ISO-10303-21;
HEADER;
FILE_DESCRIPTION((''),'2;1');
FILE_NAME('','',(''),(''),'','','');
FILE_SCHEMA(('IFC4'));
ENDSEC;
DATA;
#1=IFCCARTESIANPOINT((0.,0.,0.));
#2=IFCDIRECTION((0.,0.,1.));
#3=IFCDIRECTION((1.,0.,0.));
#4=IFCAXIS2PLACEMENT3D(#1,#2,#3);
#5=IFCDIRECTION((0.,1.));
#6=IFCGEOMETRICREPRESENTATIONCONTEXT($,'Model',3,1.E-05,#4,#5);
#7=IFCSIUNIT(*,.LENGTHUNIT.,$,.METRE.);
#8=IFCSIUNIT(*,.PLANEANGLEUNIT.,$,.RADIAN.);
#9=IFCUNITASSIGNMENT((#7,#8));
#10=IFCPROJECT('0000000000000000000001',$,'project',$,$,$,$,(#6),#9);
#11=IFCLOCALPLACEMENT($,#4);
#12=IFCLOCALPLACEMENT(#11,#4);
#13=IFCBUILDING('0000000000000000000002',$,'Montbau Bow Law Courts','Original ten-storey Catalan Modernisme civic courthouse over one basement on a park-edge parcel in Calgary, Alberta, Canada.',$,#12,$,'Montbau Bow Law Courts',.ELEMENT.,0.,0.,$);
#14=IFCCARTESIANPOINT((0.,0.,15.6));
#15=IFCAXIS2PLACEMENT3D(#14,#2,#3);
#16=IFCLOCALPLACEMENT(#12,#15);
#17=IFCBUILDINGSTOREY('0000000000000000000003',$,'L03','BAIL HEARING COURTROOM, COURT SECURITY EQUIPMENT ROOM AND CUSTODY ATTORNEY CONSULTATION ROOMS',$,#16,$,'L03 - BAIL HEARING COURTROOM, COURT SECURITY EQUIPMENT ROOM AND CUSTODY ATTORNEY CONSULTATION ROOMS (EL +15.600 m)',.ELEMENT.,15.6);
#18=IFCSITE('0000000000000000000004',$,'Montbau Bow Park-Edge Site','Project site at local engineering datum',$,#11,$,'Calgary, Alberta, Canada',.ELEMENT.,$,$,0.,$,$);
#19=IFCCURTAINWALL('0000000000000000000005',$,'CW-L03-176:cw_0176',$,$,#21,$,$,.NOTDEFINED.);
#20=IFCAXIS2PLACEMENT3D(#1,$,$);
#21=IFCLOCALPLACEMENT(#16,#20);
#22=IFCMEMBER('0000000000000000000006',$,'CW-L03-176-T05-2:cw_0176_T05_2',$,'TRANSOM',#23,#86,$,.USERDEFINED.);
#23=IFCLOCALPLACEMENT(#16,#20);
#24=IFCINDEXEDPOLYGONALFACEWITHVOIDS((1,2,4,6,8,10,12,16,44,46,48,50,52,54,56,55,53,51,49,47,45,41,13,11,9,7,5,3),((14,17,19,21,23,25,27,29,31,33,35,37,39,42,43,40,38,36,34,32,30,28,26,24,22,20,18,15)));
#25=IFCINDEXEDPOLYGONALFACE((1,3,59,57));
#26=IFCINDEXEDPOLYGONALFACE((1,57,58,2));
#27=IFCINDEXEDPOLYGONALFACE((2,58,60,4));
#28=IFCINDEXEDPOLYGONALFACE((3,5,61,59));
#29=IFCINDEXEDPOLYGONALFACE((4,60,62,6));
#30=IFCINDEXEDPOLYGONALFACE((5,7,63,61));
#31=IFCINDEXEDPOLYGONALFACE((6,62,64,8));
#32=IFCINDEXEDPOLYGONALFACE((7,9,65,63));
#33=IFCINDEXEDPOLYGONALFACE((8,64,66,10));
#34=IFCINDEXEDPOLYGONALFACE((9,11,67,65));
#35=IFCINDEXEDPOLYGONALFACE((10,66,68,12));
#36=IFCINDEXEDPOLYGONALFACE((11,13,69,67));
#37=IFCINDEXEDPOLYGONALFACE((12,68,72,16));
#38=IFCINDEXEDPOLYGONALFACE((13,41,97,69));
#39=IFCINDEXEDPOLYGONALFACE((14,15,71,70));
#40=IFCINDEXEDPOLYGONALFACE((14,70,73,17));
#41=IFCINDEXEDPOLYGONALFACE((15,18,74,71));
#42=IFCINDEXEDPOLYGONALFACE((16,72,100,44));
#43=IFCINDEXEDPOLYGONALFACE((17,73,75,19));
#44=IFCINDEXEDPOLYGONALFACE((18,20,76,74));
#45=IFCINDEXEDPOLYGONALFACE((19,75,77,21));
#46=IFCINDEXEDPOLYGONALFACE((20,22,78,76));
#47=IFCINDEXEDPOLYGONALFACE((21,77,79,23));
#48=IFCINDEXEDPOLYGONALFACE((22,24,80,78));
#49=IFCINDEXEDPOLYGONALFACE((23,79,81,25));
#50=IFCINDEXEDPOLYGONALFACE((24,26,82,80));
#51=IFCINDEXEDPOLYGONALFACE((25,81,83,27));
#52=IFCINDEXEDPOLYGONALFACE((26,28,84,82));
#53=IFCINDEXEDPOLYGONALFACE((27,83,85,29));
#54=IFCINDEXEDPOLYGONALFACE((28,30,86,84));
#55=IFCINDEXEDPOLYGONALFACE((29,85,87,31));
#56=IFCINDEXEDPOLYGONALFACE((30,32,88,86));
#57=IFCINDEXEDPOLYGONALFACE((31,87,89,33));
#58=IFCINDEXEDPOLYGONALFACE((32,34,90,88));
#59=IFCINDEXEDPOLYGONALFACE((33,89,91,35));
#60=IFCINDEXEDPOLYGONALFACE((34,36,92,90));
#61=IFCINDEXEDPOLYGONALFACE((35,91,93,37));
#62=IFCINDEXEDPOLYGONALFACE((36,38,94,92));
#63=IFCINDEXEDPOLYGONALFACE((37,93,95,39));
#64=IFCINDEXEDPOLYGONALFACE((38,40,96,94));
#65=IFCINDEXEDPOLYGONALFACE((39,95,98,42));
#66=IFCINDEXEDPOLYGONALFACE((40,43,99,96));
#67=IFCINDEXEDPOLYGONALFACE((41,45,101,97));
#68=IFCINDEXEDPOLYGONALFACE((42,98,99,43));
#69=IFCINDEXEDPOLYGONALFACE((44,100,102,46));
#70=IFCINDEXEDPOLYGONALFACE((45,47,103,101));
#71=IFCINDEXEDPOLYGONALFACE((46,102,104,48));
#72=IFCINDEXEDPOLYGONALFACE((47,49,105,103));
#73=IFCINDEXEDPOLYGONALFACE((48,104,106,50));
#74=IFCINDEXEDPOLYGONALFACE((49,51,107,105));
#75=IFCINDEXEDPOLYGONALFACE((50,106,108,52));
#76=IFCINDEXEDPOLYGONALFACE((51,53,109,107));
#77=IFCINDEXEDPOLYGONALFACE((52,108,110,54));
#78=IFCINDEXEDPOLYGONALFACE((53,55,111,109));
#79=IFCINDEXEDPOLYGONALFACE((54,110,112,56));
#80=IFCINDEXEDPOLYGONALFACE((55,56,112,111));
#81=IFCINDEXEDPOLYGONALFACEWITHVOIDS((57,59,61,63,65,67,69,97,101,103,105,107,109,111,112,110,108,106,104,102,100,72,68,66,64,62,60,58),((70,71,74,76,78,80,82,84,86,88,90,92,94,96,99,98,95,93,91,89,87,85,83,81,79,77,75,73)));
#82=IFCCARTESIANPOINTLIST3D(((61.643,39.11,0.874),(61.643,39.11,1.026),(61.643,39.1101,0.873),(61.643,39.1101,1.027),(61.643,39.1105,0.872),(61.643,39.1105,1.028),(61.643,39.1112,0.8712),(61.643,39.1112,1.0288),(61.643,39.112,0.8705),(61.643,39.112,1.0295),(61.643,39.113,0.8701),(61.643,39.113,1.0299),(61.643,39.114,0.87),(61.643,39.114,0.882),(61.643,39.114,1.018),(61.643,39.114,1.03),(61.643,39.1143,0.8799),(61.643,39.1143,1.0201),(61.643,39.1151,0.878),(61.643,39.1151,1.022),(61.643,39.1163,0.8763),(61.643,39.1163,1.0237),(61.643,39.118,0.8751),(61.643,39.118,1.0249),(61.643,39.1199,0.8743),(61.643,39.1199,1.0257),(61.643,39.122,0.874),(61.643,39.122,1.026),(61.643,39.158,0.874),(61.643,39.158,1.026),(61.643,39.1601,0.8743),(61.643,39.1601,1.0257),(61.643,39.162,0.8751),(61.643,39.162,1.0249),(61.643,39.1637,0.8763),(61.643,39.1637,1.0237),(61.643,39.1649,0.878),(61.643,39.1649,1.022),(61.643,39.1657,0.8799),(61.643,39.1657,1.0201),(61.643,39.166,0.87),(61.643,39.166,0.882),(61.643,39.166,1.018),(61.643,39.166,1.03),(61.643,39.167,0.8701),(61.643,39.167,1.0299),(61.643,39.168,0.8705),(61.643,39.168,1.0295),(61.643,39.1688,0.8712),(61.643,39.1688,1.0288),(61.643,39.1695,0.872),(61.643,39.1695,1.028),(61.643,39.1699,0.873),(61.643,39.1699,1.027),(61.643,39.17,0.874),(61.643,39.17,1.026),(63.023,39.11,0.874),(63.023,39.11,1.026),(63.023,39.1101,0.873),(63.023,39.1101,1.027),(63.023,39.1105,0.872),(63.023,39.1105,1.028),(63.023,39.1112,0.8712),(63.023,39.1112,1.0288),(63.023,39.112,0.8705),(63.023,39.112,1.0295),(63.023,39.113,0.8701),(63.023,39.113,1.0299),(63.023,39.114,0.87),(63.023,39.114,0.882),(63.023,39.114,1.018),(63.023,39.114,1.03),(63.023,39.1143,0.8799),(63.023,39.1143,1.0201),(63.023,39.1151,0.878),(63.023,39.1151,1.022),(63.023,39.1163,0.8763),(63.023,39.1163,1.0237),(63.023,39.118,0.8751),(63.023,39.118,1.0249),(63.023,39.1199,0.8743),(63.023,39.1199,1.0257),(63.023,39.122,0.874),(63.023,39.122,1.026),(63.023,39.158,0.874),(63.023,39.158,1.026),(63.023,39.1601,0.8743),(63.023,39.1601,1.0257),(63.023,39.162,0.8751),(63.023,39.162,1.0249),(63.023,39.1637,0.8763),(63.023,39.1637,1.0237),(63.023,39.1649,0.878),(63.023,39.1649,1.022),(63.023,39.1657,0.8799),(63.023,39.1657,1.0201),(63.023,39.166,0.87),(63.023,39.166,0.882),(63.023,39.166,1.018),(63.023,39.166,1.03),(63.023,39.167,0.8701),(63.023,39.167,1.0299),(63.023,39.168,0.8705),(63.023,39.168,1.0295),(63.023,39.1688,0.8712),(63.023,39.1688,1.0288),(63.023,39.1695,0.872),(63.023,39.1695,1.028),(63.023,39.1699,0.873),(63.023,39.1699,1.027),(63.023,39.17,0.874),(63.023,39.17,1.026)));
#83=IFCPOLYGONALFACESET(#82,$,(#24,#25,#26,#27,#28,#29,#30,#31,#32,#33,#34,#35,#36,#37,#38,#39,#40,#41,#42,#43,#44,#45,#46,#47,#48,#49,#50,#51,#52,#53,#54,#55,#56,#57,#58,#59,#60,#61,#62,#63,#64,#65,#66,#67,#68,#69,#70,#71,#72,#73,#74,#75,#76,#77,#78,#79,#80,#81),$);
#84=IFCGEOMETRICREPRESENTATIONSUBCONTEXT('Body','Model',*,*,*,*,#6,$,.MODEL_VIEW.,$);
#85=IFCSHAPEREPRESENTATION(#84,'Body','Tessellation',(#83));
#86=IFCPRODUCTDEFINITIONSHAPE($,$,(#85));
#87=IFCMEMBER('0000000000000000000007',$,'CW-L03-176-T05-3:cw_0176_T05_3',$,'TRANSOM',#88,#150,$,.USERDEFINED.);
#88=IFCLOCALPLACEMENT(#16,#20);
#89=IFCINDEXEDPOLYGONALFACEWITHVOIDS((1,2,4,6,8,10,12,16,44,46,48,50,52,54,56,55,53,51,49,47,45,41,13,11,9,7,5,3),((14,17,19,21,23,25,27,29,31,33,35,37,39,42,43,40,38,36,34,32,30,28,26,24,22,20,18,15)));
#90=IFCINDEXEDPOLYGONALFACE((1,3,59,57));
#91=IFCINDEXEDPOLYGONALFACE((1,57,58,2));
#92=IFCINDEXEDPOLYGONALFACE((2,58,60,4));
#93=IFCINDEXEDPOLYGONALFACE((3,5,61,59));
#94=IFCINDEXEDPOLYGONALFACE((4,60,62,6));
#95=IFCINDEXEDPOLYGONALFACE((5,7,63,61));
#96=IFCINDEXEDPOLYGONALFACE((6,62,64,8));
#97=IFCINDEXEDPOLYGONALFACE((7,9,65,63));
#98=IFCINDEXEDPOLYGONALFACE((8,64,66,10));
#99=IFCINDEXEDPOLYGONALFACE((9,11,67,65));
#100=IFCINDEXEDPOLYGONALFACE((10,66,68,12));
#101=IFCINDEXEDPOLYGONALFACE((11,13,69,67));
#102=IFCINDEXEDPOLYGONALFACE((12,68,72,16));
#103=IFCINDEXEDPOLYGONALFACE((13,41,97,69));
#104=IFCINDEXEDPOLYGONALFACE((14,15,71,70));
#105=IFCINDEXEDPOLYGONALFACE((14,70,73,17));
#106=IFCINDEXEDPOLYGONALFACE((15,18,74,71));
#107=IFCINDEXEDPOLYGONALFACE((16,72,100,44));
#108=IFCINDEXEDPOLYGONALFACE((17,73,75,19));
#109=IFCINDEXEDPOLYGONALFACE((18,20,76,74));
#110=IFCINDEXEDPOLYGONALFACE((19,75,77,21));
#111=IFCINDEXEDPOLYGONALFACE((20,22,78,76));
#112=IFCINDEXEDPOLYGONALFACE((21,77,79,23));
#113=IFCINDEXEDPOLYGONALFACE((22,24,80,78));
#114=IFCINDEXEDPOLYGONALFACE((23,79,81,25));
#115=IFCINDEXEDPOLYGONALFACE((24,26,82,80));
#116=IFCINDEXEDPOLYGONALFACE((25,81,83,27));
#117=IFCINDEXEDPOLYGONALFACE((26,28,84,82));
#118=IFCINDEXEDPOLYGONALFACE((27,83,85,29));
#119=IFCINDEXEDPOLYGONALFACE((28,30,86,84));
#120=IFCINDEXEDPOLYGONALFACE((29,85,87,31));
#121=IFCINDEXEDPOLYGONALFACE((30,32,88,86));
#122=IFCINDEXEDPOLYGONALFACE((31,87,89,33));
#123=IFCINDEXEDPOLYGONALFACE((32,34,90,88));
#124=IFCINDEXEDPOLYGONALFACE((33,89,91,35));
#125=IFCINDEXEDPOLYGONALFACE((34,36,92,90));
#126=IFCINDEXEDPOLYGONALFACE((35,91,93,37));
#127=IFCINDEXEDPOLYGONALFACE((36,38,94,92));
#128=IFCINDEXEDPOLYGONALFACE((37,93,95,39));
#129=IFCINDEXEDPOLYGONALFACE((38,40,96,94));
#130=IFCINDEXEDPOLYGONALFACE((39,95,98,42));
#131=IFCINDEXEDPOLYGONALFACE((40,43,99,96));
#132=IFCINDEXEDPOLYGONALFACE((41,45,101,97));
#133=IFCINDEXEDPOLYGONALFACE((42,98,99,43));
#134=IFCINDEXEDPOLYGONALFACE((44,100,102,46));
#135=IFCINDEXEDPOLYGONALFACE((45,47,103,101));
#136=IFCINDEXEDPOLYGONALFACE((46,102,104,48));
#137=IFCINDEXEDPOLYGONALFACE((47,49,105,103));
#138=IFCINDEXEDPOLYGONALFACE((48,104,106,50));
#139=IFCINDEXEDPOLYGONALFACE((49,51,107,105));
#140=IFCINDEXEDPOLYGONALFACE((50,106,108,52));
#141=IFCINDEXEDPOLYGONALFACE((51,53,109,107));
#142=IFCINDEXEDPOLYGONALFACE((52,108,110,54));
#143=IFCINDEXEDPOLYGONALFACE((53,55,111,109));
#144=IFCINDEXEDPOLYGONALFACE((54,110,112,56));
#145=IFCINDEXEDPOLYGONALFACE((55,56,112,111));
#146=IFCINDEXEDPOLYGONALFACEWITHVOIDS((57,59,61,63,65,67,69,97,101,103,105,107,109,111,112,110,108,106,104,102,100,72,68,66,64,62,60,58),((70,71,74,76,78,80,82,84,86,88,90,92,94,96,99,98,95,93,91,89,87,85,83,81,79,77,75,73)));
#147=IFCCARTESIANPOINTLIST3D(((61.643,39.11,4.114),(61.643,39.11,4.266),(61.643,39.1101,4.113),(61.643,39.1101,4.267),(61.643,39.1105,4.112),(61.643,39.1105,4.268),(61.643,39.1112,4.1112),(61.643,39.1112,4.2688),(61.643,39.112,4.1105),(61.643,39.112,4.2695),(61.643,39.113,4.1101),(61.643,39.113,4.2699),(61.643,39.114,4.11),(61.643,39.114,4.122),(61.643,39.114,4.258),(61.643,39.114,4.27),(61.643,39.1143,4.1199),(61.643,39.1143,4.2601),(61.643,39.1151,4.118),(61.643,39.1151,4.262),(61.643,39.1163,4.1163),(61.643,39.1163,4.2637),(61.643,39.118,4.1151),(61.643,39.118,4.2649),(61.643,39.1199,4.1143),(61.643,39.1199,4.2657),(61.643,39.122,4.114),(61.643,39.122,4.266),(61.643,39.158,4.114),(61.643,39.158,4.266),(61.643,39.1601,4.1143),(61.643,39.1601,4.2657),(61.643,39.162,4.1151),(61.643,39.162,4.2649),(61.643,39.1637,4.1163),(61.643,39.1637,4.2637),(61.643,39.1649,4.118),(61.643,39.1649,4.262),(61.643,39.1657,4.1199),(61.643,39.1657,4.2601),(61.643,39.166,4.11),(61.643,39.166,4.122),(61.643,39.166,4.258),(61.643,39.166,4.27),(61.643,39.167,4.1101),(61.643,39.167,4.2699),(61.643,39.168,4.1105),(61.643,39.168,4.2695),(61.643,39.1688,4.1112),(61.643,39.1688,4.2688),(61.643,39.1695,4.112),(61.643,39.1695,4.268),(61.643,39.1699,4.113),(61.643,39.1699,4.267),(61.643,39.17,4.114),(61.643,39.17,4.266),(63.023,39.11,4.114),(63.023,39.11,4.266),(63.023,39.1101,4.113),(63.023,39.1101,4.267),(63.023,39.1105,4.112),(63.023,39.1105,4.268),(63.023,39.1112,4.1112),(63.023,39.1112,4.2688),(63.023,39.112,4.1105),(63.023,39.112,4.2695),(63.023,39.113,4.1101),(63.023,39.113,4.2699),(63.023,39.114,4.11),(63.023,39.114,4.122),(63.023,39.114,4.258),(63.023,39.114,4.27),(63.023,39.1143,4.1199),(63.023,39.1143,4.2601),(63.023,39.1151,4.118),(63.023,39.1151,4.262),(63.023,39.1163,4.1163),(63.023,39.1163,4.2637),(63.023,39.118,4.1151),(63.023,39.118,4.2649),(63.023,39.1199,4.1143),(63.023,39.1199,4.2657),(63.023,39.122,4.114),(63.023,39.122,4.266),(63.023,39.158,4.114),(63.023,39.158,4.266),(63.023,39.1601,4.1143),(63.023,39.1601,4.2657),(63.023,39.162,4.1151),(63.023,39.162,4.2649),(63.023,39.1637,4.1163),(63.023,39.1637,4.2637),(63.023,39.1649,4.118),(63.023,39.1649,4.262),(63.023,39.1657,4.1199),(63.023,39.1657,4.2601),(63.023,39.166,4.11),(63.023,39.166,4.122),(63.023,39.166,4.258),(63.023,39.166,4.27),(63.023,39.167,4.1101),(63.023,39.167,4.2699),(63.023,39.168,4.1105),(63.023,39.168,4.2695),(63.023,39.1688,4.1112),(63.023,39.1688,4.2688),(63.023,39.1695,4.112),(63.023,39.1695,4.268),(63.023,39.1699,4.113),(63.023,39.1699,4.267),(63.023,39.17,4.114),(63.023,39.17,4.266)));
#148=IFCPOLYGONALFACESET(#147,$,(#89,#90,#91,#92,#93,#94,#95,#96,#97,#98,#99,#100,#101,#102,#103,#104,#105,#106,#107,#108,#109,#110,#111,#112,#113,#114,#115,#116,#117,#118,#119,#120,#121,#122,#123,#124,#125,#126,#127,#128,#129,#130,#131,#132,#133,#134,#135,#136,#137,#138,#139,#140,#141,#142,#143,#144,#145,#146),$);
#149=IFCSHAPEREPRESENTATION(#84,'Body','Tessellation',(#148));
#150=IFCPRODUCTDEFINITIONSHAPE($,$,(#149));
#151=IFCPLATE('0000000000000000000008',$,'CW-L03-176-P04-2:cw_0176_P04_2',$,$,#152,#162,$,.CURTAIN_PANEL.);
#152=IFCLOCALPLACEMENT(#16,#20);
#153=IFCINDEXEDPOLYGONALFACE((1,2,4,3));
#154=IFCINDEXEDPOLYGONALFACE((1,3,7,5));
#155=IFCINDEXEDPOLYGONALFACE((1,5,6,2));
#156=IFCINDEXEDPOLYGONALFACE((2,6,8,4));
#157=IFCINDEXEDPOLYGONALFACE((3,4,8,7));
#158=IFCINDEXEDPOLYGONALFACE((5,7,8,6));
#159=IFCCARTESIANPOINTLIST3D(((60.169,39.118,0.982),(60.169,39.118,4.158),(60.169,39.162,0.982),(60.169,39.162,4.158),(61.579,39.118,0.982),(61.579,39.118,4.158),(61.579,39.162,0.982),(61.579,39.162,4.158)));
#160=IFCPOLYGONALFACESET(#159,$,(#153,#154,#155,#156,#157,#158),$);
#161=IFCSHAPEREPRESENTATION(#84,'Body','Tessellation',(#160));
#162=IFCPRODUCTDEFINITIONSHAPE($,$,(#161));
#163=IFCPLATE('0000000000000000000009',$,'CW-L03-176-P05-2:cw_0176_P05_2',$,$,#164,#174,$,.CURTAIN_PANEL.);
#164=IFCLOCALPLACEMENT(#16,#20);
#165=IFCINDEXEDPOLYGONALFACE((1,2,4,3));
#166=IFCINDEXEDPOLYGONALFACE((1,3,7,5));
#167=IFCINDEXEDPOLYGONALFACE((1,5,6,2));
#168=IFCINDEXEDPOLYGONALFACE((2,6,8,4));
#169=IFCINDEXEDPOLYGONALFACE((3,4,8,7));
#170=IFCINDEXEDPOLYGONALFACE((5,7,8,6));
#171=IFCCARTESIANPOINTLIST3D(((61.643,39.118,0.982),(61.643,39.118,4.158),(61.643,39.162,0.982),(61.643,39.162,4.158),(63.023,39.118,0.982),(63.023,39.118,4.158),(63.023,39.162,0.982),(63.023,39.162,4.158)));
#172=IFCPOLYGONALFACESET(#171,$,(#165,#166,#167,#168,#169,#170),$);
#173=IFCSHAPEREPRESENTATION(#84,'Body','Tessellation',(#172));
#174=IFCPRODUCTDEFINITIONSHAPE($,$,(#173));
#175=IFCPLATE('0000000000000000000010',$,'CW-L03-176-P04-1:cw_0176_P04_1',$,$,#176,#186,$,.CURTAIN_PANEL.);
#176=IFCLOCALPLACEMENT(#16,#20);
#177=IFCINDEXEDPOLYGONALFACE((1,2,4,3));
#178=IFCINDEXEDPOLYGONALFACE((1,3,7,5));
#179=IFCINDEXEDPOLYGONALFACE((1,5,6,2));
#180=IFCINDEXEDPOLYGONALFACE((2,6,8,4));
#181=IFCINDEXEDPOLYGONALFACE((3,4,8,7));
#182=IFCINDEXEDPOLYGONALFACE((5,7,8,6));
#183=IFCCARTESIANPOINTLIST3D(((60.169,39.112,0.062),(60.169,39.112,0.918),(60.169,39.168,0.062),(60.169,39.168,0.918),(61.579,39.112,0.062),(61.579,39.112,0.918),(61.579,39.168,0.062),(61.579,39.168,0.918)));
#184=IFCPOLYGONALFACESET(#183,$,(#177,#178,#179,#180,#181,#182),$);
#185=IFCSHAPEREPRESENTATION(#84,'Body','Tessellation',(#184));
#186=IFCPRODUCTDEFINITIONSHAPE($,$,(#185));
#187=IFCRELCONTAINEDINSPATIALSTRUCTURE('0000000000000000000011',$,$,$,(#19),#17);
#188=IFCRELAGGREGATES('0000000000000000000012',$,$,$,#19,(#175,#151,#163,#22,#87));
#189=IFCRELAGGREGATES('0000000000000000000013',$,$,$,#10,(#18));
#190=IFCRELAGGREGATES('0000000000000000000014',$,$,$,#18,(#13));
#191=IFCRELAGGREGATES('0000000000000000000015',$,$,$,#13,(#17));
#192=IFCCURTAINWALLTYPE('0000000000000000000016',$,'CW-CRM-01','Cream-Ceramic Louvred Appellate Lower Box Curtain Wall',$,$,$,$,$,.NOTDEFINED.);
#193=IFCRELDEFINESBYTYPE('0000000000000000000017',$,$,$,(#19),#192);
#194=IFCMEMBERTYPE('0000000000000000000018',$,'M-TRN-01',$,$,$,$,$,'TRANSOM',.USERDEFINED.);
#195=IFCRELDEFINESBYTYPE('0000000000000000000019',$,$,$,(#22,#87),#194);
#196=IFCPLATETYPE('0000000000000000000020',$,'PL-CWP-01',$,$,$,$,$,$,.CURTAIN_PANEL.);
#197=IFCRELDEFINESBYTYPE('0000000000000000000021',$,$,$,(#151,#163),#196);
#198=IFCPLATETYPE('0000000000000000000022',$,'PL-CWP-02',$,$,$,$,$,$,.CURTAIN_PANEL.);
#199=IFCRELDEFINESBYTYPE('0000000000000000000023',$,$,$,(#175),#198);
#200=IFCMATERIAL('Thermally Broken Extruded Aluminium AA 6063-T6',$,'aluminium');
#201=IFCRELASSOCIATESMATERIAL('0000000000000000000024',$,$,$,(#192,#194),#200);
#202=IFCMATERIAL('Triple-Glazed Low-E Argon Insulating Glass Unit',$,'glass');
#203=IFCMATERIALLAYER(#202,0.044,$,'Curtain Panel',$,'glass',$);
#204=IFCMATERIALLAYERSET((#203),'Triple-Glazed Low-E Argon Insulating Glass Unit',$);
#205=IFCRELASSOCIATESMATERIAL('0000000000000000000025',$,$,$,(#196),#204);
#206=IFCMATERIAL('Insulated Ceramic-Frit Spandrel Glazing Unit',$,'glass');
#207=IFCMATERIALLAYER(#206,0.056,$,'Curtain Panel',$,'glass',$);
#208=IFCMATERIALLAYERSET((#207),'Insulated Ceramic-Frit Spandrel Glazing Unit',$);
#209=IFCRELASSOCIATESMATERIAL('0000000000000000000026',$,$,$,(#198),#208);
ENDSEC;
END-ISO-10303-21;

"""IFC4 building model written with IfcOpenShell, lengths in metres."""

from ifc_helpers import new_model, si_unit, direction, frame, frame_2d, origin_with_axes, origin_2d_with_axis, place, context, subcontext, project, spatial, rectangle, hollow_rectangle, extrude, material, layer, layer_set, material_profile, profile_set, type_object, element, aggregate, save


model = new_model("IFC4")

# Units and contexts
model_context = context("Model", 3, precision=1e-05, world=origin_with_axes(), true_north=direction((0.0, 1.0)))
body_context = subcontext(model_context, "Body", "Model", "MODEL_VIEW")
ifc_project = project(units=[si_unit("LENGTHUNIT", "METRE"), si_unit("PLANEANGLEUNIT", "RADIAN")], contexts=[model_context])

# Site, building, storey
site_placement = place(None, origin_with_axes())
site = spatial("IfcSite", under=ifc_project, at=site_placement, Name="Montbau Bow Park-Edge Site", Description="Project site at local engineering datum", LongName="Calgary, Alberta, Canada", CompositionType="ELEMENT", RefElevation=0.0)
building_placement = place(site_placement, origin_with_axes())
building = spatial("IfcBuilding", under=site, at=building_placement, Name="Montbau Bow Law Courts", Description="Original ten-storey Catalan Modernisme civic courthouse over one basement on a park-edge parcel in Calgary, Alberta, Canada.", LongName="Montbau Bow Law Courts", CompositionType="ELEMENT", ElevationOfRefHeight=0.0, ElevationOfTerrain=0.0)
storey_placement = place(building_placement, frame((0.0, 0.0, 15.6), z_axis=(0.0, 0.0, 1.0), x_axis=(1.0, 0.0, 0.0)))
storey = spatial("IfcBuildingStorey", under=building, at=storey_placement, Name="L03", Description="BAIL HEARING COURTROOM, COURT SECURITY EQUIPMENT ROOM AND CUSTODY ATTORNEY CONSULTATION ROOMS", LongName="L03 - BAIL HEARING COURTROOM, COURT SECURITY EQUIPMENT ROOM AND CUSTODY ATTORNEY CONSULTATION ROOMS (EL +15.600 m)", CompositionType="ELEMENT", Elevation=15.6)

# Curtain wall, members, plates
ifc_material_1 = material(Name="Thermally Broken Extruded Aluminium AA 6063-T6", Category="aluminium")
curtain_wall_type = type_object("IfcCurtainWallType", Name="CW-CRM-01", Description="Cream-Ceramic Louvred Appellate Lower Box Curtain Wall", PredefinedType="NOTDEFINED", material=ifc_material_1)
curtain_wall_placement = place(None, frame((55.715, 39.14, 15.6), z_axis=(0.0, 0.0, 1.0), x_axis=(1.0, 0.0, 0.0)))
curtain_wall = element("IfcCurtainWall", 1, at=curtain_wall_placement, inside=storey, type_object=curtain_wall_type, Name="CW-L03-176:cw_0176", PredefinedType="NOTDEFINED")
ifc_material_profile_1 = material_profile(ifc_material_1, hollow_rectangle(XDim=0.06, YDim=0.16, WallThickness=0.004, InnerFilletRadius=0.008, OuterFilletRadius=0.004, at=origin_2d_with_axis()), Name="CWT-160X60", Category="Main", Priority=0)
ifc_profile_set_1 = profile_set([ifc_material_profile_1], Name="Thermally Broken Extruded Aluminium AA 6063-T6")
member_type_1 = type_object("IfcMemberType", Name="M-TRN-01", ElementType="TRANSOM", PredefinedType="USERDEFINED", material=ifc_profile_set_1)
member_1_placement = place(None, frame((61.643, 39.14, 16.55), z_axis=(1.0, 0.0, 0.0), x_axis=(0.0, 1.0, 0.0)))
member_1 = element("IfcMember", 2, at=member_1_placement, type_object=member_type_1, Name="CW-L03-176-T05-2:cw_0176_T05_2", ObjectType="TRANSOM", PredefinedType="USERDEFINED", context=body_context, shape_type="SweptSolid", body=[
    extrude(hollow_rectangle(XDim=0.06, YDim=0.16, WallThickness=0.004, InnerFilletRadius=0.008, OuterFilletRadius=0.004, at=origin_2d_with_axis()), origin_with_axes(), (0.0, 0.0, 1.0), 1.38),
])
member_2_placement = place(None, frame((61.643, 39.14, 19.79), z_axis=(1.0, 0.0, 0.0), x_axis=(0.0, 1.0, 0.0)))
member_2 = element("IfcMember", 3, at=member_2_placement, type_object=member_type_1, Name="CW-L03-176-T05-3:cw_0176_T05_3", ObjectType="TRANSOM", PredefinedType="USERDEFINED", context=body_context, shape_type="SweptSolid", body=[
    extrude(hollow_rectangle(XDim=0.06, YDim=0.16, WallThickness=0.004, InnerFilletRadius=0.008, OuterFilletRadius=0.004, at=origin_2d_with_axis()), origin_with_axes(), (0.0, 0.0, 1.0), 1.38),
])
ifc_material_2 = material(Name="Triple-Glazed Low-E Argon Insulating Glass Unit", Category="glass")
ifc_layer_1 = layer(ifc_material_2, 0.044, Name="Curtain Panel", Category="glass")
ifc_layer_set_1 = layer_set([ifc_layer_1], Name="Triple-Glazed Low-E Argon Insulating Glass Unit")
plate_type_1 = type_object("IfcPlateType", Name="PL-CWP-01", PredefinedType="CURTAIN_PANEL", material=ifc_layer_set_1)
plate_1_placement = place(None, frame((60.169, 39.14, 16.582), z_axis=(0.0, -1.0, 0.0), x_axis=(1.0, 0.0, 0.0)))
plate_1 = element("IfcPlate", 4, at=plate_1_placement, type_object=plate_type_1, Name="CW-L03-176-P04-2:cw_0176_P04_2", PredefinedType="CURTAIN_PANEL", context=body_context, shape_type="SweptSolid", body=[
    extrude(rectangle(XDim=1.41, YDim=3.176, at=frame_2d((0.705, 1.588), x_axis=(1.0, 0.0))), frame((0.0, 0.0, -0.022), z_axis=(0.0, 0.0, 1.0), x_axis=(1.0, 0.0, 0.0)), (0.0, 0.0, 1.0), 0.044),
])
plate_2_placement = place(None, frame((61.643, 39.14, 16.582), z_axis=(0.0, -1.0, 0.0), x_axis=(1.0, 0.0, 0.0)))
plate_2 = element("IfcPlate", 5, at=plate_2_placement, type_object=plate_type_1, Name="CW-L03-176-P05-2:cw_0176_P05_2", PredefinedType="CURTAIN_PANEL", context=body_context, shape_type="SweptSolid", body=[
    extrude(rectangle(XDim=1.38, YDim=3.176, at=frame_2d((0.69, 1.588), x_axis=(1.0, 0.0))), frame((0.0, 0.0, -0.022), z_axis=(0.0, 0.0, 1.0), x_axis=(1.0, 0.0, 0.0)), (0.0, 0.0, 1.0), 0.044),
])
ifc_material_3 = material(Name="Insulated Ceramic-Frit Spandrel Glazing Unit", Category="glass")
ifc_layer_2 = layer(ifc_material_3, 0.056, Name="Curtain Panel", Category="glass")
ifc_layer_set_2 = layer_set([ifc_layer_2], Name="Insulated Ceramic-Frit Spandrel Glazing Unit")
plate_type_2 = type_object("IfcPlateType", Name="PL-CWP-02", PredefinedType="CURTAIN_PANEL", material=ifc_layer_set_2)
plate_3_placement = place(None, frame((60.169, 39.14, 15.662), z_axis=(0.0, -1.0, 0.0), x_axis=(1.0, 0.0, 0.0)))
plate_3 = element("IfcPlate", 6, at=plate_3_placement, type_object=plate_type_2, Name="CW-L03-176-P04-1:cw_0176_P04_1", PredefinedType="CURTAIN_PANEL", context=body_context, shape_type="SweptSolid", body=[
    extrude(rectangle(XDim=1.41, YDim=0.856, at=frame_2d((0.705, 0.428), x_axis=(1.0, 0.0))), frame((0.0, 0.0, -0.028), z_axis=(0.0, 0.0, 1.0), x_axis=(1.0, 0.0, 0.0)), (0.0, 0.0, 1.0), 0.056),
])
aggregate(curtain_wall, [plate_3, plate_1, plate_2, member_1, member_2])

save(model, "model.ifc")
